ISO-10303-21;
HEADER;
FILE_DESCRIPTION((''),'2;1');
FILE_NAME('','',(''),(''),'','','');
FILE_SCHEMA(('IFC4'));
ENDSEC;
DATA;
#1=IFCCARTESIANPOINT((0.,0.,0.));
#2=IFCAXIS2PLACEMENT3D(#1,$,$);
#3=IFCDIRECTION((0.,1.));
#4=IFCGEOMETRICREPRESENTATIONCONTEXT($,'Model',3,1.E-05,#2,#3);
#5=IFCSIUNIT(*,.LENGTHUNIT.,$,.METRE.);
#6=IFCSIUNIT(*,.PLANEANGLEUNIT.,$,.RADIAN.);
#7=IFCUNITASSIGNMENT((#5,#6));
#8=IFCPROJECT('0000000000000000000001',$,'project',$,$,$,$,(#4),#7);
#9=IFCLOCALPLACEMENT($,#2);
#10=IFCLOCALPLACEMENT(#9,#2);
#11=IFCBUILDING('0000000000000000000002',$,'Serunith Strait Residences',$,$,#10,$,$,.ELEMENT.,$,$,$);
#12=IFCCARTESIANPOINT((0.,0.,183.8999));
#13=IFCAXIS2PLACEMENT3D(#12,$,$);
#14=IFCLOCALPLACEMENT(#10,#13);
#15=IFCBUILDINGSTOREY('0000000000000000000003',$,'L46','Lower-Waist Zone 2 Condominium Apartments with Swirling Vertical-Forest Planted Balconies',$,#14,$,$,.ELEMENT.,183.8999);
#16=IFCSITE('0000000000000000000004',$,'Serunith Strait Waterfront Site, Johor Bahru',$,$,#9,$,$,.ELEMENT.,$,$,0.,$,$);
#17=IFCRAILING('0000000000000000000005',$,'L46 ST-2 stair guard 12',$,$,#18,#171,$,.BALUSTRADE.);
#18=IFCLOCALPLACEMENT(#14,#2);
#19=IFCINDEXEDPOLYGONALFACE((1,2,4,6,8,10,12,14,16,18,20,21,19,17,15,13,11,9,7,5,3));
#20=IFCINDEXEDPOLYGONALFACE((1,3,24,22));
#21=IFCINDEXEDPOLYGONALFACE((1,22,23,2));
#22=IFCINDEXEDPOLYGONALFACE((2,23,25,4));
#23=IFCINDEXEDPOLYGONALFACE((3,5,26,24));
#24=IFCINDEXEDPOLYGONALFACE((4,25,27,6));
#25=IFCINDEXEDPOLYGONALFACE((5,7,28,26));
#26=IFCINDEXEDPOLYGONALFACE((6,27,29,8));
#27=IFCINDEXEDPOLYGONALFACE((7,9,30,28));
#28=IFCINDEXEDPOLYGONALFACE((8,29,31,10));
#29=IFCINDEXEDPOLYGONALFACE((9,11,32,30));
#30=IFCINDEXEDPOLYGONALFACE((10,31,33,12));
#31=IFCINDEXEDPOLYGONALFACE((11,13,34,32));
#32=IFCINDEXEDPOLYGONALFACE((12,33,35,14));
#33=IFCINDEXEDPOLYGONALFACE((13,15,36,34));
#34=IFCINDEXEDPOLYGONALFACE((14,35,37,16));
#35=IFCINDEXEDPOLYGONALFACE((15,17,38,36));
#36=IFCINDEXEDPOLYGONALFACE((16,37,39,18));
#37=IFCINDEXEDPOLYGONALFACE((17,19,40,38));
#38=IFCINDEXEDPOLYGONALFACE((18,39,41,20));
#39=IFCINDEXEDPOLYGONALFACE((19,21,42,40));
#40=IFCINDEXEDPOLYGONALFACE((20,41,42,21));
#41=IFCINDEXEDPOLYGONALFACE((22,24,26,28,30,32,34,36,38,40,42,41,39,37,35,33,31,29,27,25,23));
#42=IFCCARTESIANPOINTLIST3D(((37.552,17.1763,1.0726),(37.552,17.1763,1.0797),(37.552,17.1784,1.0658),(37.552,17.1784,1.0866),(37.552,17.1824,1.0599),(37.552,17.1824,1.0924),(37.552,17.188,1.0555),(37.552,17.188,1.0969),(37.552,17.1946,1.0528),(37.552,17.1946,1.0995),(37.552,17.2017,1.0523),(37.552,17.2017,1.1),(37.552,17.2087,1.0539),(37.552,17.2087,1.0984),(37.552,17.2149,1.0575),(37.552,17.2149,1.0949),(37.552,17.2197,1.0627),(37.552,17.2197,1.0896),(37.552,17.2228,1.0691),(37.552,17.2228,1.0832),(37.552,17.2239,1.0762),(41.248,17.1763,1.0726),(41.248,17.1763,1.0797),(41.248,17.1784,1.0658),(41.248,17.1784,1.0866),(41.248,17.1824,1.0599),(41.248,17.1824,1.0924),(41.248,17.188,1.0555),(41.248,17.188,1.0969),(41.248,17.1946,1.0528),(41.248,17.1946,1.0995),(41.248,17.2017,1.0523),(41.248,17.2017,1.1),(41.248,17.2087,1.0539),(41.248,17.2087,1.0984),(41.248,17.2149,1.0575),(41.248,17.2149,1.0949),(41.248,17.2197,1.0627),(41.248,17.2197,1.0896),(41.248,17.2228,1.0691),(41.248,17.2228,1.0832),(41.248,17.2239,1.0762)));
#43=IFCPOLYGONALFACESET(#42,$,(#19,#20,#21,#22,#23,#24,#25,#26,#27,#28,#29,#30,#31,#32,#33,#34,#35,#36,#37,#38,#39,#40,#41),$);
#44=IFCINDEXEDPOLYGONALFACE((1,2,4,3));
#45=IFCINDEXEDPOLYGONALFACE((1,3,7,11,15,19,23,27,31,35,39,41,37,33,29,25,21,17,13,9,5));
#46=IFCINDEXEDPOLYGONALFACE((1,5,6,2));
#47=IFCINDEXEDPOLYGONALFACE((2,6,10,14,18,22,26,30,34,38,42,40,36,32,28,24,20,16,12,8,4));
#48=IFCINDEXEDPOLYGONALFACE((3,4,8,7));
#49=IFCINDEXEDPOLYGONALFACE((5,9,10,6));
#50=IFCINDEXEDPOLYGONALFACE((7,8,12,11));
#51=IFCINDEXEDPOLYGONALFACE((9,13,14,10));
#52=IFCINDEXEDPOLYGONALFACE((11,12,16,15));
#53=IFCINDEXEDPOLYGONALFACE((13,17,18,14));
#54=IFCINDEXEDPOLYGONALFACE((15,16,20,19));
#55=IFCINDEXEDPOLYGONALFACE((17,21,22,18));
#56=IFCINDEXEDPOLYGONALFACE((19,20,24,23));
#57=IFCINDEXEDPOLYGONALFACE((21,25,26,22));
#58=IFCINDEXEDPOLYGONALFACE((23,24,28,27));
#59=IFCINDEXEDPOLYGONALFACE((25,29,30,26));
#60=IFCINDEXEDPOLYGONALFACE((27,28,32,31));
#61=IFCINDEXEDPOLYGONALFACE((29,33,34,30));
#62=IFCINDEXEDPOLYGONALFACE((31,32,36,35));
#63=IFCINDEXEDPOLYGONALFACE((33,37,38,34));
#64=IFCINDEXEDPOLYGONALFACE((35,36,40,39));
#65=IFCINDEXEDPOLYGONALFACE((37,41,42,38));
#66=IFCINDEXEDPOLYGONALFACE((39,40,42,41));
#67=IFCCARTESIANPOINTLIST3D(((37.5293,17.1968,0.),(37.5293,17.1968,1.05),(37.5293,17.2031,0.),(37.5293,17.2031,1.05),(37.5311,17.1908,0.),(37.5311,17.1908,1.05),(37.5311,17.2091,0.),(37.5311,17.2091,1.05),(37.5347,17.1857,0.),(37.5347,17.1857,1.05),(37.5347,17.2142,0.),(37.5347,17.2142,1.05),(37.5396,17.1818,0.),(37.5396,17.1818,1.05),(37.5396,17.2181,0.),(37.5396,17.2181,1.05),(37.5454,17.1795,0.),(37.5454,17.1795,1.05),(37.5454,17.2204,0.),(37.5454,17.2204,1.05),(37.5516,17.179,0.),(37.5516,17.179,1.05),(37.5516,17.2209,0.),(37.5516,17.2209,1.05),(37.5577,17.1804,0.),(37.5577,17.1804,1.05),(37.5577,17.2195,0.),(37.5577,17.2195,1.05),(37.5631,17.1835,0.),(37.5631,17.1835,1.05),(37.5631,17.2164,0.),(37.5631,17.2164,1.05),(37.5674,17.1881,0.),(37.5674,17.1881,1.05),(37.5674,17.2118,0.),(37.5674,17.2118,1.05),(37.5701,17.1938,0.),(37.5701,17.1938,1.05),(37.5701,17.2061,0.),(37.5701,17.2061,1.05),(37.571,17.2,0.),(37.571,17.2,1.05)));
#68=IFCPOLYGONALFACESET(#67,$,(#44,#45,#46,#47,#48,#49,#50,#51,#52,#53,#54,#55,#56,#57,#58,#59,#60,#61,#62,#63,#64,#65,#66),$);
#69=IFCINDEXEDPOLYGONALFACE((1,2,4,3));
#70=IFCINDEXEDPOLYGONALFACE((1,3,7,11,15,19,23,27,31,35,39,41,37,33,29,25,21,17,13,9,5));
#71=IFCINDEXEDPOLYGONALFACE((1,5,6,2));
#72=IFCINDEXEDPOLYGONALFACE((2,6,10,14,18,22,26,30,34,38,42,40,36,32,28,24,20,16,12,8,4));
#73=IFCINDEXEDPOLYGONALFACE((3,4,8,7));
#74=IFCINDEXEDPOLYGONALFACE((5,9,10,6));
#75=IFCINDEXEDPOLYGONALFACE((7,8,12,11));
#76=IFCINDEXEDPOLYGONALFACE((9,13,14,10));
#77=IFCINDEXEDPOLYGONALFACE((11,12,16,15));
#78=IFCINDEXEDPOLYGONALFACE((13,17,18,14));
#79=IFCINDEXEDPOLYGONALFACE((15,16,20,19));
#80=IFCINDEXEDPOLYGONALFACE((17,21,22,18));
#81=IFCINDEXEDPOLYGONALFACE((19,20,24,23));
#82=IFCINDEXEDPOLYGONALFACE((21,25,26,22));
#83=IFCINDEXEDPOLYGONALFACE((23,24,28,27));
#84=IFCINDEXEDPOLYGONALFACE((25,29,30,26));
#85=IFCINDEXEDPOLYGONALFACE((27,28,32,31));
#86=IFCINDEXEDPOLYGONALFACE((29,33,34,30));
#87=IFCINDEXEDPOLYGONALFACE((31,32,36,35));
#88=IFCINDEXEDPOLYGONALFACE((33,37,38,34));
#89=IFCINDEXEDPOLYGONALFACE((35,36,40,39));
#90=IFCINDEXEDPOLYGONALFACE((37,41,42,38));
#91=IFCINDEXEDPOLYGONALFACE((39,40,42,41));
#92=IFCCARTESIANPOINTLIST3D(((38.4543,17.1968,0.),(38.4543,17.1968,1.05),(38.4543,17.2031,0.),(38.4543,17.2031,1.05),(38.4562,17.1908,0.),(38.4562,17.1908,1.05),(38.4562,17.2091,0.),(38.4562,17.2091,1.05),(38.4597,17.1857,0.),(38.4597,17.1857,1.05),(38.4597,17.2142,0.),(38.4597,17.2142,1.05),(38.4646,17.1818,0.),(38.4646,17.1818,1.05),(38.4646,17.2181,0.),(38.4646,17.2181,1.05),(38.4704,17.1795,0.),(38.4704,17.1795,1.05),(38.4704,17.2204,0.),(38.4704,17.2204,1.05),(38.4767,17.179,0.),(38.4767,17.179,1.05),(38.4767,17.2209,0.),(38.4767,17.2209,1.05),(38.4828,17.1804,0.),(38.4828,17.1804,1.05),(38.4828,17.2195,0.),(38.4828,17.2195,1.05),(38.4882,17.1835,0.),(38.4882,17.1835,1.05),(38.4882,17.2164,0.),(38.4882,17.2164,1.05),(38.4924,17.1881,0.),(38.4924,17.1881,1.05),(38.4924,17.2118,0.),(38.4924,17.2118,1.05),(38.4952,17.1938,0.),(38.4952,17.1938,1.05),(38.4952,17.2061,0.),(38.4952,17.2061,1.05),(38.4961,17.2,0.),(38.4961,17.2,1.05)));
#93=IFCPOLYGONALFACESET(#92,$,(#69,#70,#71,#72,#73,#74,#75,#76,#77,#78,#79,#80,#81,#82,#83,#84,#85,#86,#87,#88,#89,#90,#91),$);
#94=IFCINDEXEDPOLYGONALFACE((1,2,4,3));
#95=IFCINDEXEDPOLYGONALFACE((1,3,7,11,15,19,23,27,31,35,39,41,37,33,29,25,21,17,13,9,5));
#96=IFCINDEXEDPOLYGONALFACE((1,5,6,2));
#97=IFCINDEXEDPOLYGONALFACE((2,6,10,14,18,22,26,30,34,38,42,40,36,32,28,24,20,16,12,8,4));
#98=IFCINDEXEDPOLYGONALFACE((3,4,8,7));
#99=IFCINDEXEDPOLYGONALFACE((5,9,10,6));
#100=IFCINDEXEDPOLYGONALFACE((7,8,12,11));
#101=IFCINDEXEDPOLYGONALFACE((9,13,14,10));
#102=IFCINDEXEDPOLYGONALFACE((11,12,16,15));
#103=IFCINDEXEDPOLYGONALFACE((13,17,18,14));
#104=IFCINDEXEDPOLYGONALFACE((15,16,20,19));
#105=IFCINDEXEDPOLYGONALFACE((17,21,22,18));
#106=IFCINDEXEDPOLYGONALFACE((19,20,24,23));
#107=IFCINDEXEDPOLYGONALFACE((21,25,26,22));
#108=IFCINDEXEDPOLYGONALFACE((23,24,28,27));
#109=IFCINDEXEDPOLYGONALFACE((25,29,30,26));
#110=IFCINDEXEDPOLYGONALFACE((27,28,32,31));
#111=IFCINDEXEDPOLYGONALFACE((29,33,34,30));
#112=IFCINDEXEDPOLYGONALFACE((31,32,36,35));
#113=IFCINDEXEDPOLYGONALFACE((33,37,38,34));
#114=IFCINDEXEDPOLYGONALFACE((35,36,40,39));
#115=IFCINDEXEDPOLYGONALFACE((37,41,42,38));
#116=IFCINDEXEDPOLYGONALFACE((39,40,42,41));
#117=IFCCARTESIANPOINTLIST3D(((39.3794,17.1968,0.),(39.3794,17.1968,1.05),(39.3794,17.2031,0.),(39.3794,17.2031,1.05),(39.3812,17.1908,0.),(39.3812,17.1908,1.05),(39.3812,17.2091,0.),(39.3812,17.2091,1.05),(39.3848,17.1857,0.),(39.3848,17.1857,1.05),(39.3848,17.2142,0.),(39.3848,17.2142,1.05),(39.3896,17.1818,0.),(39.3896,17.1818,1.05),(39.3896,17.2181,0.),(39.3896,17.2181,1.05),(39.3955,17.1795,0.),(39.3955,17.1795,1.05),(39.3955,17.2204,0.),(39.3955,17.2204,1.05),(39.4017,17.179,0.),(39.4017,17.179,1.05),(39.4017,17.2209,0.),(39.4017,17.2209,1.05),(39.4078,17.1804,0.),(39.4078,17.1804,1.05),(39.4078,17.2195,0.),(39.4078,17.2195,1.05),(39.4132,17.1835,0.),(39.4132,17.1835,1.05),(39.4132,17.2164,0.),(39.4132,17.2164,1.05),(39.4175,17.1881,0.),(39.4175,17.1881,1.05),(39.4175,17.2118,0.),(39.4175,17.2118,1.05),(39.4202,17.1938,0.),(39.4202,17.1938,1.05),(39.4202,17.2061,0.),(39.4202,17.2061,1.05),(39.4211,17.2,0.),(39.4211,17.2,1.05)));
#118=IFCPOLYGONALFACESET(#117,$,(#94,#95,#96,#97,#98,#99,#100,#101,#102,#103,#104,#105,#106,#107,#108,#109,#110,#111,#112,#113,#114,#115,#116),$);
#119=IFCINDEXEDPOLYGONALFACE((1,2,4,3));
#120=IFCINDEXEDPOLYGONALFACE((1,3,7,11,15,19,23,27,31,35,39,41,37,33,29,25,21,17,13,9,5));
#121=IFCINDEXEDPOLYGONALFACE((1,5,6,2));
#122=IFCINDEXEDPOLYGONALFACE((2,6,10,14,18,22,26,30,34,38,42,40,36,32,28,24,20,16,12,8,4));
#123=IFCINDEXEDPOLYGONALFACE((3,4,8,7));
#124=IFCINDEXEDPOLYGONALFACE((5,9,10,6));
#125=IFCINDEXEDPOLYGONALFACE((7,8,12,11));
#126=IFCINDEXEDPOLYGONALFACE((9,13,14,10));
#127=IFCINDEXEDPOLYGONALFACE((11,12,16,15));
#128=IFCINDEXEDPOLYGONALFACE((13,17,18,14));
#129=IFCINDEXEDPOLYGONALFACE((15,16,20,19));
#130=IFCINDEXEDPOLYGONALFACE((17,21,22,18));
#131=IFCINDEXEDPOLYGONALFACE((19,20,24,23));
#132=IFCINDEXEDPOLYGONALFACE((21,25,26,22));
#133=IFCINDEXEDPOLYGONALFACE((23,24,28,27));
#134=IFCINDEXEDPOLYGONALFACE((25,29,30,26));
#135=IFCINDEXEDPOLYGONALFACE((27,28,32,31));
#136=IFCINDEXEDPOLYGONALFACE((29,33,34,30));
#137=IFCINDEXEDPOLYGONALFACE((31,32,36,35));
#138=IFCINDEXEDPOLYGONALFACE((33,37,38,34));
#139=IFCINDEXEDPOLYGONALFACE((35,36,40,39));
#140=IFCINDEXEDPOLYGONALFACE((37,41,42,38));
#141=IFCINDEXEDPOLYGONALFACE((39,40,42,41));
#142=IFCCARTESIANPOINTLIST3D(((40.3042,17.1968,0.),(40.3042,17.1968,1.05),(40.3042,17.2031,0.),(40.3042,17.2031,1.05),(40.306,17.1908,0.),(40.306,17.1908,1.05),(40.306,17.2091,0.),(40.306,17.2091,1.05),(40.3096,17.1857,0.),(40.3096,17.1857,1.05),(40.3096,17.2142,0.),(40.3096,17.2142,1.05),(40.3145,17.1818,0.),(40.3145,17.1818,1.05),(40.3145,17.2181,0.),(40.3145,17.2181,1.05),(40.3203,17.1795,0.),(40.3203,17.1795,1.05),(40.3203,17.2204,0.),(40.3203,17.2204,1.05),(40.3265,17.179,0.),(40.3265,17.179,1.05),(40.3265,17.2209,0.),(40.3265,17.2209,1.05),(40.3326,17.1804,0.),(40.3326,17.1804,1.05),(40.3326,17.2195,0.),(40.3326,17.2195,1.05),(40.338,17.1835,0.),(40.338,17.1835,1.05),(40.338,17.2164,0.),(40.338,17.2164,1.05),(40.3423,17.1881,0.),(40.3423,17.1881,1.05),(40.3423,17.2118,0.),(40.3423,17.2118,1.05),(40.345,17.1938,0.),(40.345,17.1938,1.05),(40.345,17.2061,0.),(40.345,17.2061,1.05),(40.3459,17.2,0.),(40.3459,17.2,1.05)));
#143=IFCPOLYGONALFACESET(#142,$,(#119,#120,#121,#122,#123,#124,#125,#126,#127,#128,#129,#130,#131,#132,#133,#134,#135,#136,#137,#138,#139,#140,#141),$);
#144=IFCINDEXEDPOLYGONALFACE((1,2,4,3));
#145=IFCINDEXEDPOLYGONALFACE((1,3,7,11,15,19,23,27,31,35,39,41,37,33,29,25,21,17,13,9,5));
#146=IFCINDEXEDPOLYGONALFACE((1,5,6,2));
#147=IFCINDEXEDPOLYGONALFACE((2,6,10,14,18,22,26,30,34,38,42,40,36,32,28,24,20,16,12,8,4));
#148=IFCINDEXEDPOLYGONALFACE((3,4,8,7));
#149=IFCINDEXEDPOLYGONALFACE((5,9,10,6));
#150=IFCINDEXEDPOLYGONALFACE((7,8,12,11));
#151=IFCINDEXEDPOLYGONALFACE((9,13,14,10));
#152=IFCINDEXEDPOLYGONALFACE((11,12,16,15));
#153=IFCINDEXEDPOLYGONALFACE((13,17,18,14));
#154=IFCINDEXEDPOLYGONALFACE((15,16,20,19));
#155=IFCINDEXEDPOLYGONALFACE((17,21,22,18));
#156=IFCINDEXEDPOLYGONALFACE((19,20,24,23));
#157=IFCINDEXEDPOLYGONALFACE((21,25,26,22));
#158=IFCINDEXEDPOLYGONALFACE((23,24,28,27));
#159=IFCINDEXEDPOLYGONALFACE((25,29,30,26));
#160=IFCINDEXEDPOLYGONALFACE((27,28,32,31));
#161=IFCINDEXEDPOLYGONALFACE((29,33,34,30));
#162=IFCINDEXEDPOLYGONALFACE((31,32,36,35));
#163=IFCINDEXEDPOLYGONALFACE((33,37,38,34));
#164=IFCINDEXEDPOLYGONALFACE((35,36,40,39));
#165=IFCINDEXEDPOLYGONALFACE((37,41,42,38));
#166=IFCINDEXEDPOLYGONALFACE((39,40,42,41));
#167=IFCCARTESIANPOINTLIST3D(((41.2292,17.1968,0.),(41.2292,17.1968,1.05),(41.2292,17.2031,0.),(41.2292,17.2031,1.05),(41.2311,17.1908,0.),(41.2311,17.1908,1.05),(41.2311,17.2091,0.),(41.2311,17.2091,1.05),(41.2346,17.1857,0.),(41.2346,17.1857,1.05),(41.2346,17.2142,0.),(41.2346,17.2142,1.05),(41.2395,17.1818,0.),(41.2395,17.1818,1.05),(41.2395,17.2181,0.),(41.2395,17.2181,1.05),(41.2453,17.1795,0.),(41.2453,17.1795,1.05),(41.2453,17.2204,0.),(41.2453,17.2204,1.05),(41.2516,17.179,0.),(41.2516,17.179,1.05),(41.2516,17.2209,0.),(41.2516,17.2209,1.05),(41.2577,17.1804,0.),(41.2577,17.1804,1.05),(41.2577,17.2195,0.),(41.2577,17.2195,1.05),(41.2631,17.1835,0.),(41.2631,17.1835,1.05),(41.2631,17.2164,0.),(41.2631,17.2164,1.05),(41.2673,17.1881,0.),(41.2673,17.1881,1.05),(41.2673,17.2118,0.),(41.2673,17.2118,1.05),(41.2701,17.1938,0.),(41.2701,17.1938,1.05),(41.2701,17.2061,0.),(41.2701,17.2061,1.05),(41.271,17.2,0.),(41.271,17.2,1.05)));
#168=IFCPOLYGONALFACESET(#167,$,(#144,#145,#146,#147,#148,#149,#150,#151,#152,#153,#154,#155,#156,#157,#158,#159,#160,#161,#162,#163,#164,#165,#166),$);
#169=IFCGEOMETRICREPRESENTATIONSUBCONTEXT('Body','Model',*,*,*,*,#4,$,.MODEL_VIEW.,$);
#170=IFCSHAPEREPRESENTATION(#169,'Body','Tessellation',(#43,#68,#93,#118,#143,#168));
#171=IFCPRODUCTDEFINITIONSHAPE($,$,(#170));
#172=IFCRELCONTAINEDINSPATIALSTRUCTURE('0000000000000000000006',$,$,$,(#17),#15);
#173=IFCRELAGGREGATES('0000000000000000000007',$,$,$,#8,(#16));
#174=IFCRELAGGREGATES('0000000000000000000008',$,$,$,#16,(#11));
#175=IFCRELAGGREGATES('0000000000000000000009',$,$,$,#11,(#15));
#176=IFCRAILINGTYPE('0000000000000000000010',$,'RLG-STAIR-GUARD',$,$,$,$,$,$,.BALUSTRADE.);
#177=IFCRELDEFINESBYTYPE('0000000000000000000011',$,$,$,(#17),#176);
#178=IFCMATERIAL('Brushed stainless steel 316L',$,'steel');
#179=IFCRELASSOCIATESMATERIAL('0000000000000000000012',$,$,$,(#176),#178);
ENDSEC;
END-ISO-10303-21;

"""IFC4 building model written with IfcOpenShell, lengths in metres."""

from ifc_helpers import new_model, si_unit, direction, frame, origin, origin_2d, place, context, subcontext, project, spatial, circle, extrude, material, type_object, element, save


model = new_model("IFC4")

# Units and contexts
model_context = context("Model", 3, precision=1e-05, world=origin(), true_north=direction((0.0, 1.0)))
body_context = subcontext(model_context, "Body", "Model", "MODEL_VIEW")
ifc_project = project(units=[si_unit("LENGTHUNIT", "METRE"), si_unit("PLANEANGLEUNIT", "RADIAN")], contexts=[model_context])

# Site, building, storey
site_placement = place(None, origin())
site = spatial("IfcSite", under=ifc_project, at=site_placement, Name="Serunith Strait Waterfront Site, Johor Bahru", CompositionType="ELEMENT", RefElevation=0.0)
building_placement = place(site_placement, origin())
building = spatial("IfcBuilding", under=site, at=building_placement, Name="Serunith Strait Residences", CompositionType="ELEMENT")
storey_placement = place(building_placement, frame((0.0, 0.0, 183.8999)))
storey = spatial("IfcBuildingStorey", under=building, at=storey_placement, Name="L46", Description="Lower-Waist Zone 2 Condominium Apartments with Swirling Vertical-Forest Planted Balconies", CompositionType="ELEMENT", Elevation=183.8999)

# Railing
ifc_material_1 = material(Name="Brushed stainless steel 316L", Category="steel")
railing_type_1 = type_object("IfcRailingType", Name="RLG-STAIR-GUARD", PredefinedType="BALUSTRADE", material=ifc_material_1)
railing_1_placement = place(storey_placement, frame((37.55, 17.2, 0.0)))
element("IfcRailing", 1, at=railing_1_placement, inside=storey, type_object=railing_type_1, Name="L46 ST-2 stair guard 12", PredefinedType="BALUSTRADE", context=body_context, shape_type="SweptSolid", body=[
    extrude(circle(Radius=0.0239, at=origin_2d()), frame((0.002, 0.0, 1.0762), z_axis=(1.0, 0.0, 0.0), x_axis=(0.0, 1.0, 0.0)), (0.0, 0.0, 1.0), 3.696),
    extrude(circle(Radius=0.021, at=origin_2d()), origin(), (0.0, 0.0, 1.0), 1.05),
    extrude(circle(Radius=0.021, at=origin_2d()), frame((0.925, 0.0, 0.0)), (0.0, 0.0, 1.0), 1.05),
    extrude(circle(Radius=0.021, at=origin_2d()), frame((1.8501, 0.0, 0.0)), (0.0, 0.0, 1.0), 1.05),
    extrude(circle(Radius=0.021, at=origin_2d()), frame((2.7749, 0.0, 0.0)), (0.0, 0.0, 1.0), 1.05),
    extrude(circle(Radius=0.021, at=origin_2d()), frame((3.7, 0.0, 0.0)), (0.0, 0.0, 1.0), 1.05),
])

save(model, "model.ifc")
